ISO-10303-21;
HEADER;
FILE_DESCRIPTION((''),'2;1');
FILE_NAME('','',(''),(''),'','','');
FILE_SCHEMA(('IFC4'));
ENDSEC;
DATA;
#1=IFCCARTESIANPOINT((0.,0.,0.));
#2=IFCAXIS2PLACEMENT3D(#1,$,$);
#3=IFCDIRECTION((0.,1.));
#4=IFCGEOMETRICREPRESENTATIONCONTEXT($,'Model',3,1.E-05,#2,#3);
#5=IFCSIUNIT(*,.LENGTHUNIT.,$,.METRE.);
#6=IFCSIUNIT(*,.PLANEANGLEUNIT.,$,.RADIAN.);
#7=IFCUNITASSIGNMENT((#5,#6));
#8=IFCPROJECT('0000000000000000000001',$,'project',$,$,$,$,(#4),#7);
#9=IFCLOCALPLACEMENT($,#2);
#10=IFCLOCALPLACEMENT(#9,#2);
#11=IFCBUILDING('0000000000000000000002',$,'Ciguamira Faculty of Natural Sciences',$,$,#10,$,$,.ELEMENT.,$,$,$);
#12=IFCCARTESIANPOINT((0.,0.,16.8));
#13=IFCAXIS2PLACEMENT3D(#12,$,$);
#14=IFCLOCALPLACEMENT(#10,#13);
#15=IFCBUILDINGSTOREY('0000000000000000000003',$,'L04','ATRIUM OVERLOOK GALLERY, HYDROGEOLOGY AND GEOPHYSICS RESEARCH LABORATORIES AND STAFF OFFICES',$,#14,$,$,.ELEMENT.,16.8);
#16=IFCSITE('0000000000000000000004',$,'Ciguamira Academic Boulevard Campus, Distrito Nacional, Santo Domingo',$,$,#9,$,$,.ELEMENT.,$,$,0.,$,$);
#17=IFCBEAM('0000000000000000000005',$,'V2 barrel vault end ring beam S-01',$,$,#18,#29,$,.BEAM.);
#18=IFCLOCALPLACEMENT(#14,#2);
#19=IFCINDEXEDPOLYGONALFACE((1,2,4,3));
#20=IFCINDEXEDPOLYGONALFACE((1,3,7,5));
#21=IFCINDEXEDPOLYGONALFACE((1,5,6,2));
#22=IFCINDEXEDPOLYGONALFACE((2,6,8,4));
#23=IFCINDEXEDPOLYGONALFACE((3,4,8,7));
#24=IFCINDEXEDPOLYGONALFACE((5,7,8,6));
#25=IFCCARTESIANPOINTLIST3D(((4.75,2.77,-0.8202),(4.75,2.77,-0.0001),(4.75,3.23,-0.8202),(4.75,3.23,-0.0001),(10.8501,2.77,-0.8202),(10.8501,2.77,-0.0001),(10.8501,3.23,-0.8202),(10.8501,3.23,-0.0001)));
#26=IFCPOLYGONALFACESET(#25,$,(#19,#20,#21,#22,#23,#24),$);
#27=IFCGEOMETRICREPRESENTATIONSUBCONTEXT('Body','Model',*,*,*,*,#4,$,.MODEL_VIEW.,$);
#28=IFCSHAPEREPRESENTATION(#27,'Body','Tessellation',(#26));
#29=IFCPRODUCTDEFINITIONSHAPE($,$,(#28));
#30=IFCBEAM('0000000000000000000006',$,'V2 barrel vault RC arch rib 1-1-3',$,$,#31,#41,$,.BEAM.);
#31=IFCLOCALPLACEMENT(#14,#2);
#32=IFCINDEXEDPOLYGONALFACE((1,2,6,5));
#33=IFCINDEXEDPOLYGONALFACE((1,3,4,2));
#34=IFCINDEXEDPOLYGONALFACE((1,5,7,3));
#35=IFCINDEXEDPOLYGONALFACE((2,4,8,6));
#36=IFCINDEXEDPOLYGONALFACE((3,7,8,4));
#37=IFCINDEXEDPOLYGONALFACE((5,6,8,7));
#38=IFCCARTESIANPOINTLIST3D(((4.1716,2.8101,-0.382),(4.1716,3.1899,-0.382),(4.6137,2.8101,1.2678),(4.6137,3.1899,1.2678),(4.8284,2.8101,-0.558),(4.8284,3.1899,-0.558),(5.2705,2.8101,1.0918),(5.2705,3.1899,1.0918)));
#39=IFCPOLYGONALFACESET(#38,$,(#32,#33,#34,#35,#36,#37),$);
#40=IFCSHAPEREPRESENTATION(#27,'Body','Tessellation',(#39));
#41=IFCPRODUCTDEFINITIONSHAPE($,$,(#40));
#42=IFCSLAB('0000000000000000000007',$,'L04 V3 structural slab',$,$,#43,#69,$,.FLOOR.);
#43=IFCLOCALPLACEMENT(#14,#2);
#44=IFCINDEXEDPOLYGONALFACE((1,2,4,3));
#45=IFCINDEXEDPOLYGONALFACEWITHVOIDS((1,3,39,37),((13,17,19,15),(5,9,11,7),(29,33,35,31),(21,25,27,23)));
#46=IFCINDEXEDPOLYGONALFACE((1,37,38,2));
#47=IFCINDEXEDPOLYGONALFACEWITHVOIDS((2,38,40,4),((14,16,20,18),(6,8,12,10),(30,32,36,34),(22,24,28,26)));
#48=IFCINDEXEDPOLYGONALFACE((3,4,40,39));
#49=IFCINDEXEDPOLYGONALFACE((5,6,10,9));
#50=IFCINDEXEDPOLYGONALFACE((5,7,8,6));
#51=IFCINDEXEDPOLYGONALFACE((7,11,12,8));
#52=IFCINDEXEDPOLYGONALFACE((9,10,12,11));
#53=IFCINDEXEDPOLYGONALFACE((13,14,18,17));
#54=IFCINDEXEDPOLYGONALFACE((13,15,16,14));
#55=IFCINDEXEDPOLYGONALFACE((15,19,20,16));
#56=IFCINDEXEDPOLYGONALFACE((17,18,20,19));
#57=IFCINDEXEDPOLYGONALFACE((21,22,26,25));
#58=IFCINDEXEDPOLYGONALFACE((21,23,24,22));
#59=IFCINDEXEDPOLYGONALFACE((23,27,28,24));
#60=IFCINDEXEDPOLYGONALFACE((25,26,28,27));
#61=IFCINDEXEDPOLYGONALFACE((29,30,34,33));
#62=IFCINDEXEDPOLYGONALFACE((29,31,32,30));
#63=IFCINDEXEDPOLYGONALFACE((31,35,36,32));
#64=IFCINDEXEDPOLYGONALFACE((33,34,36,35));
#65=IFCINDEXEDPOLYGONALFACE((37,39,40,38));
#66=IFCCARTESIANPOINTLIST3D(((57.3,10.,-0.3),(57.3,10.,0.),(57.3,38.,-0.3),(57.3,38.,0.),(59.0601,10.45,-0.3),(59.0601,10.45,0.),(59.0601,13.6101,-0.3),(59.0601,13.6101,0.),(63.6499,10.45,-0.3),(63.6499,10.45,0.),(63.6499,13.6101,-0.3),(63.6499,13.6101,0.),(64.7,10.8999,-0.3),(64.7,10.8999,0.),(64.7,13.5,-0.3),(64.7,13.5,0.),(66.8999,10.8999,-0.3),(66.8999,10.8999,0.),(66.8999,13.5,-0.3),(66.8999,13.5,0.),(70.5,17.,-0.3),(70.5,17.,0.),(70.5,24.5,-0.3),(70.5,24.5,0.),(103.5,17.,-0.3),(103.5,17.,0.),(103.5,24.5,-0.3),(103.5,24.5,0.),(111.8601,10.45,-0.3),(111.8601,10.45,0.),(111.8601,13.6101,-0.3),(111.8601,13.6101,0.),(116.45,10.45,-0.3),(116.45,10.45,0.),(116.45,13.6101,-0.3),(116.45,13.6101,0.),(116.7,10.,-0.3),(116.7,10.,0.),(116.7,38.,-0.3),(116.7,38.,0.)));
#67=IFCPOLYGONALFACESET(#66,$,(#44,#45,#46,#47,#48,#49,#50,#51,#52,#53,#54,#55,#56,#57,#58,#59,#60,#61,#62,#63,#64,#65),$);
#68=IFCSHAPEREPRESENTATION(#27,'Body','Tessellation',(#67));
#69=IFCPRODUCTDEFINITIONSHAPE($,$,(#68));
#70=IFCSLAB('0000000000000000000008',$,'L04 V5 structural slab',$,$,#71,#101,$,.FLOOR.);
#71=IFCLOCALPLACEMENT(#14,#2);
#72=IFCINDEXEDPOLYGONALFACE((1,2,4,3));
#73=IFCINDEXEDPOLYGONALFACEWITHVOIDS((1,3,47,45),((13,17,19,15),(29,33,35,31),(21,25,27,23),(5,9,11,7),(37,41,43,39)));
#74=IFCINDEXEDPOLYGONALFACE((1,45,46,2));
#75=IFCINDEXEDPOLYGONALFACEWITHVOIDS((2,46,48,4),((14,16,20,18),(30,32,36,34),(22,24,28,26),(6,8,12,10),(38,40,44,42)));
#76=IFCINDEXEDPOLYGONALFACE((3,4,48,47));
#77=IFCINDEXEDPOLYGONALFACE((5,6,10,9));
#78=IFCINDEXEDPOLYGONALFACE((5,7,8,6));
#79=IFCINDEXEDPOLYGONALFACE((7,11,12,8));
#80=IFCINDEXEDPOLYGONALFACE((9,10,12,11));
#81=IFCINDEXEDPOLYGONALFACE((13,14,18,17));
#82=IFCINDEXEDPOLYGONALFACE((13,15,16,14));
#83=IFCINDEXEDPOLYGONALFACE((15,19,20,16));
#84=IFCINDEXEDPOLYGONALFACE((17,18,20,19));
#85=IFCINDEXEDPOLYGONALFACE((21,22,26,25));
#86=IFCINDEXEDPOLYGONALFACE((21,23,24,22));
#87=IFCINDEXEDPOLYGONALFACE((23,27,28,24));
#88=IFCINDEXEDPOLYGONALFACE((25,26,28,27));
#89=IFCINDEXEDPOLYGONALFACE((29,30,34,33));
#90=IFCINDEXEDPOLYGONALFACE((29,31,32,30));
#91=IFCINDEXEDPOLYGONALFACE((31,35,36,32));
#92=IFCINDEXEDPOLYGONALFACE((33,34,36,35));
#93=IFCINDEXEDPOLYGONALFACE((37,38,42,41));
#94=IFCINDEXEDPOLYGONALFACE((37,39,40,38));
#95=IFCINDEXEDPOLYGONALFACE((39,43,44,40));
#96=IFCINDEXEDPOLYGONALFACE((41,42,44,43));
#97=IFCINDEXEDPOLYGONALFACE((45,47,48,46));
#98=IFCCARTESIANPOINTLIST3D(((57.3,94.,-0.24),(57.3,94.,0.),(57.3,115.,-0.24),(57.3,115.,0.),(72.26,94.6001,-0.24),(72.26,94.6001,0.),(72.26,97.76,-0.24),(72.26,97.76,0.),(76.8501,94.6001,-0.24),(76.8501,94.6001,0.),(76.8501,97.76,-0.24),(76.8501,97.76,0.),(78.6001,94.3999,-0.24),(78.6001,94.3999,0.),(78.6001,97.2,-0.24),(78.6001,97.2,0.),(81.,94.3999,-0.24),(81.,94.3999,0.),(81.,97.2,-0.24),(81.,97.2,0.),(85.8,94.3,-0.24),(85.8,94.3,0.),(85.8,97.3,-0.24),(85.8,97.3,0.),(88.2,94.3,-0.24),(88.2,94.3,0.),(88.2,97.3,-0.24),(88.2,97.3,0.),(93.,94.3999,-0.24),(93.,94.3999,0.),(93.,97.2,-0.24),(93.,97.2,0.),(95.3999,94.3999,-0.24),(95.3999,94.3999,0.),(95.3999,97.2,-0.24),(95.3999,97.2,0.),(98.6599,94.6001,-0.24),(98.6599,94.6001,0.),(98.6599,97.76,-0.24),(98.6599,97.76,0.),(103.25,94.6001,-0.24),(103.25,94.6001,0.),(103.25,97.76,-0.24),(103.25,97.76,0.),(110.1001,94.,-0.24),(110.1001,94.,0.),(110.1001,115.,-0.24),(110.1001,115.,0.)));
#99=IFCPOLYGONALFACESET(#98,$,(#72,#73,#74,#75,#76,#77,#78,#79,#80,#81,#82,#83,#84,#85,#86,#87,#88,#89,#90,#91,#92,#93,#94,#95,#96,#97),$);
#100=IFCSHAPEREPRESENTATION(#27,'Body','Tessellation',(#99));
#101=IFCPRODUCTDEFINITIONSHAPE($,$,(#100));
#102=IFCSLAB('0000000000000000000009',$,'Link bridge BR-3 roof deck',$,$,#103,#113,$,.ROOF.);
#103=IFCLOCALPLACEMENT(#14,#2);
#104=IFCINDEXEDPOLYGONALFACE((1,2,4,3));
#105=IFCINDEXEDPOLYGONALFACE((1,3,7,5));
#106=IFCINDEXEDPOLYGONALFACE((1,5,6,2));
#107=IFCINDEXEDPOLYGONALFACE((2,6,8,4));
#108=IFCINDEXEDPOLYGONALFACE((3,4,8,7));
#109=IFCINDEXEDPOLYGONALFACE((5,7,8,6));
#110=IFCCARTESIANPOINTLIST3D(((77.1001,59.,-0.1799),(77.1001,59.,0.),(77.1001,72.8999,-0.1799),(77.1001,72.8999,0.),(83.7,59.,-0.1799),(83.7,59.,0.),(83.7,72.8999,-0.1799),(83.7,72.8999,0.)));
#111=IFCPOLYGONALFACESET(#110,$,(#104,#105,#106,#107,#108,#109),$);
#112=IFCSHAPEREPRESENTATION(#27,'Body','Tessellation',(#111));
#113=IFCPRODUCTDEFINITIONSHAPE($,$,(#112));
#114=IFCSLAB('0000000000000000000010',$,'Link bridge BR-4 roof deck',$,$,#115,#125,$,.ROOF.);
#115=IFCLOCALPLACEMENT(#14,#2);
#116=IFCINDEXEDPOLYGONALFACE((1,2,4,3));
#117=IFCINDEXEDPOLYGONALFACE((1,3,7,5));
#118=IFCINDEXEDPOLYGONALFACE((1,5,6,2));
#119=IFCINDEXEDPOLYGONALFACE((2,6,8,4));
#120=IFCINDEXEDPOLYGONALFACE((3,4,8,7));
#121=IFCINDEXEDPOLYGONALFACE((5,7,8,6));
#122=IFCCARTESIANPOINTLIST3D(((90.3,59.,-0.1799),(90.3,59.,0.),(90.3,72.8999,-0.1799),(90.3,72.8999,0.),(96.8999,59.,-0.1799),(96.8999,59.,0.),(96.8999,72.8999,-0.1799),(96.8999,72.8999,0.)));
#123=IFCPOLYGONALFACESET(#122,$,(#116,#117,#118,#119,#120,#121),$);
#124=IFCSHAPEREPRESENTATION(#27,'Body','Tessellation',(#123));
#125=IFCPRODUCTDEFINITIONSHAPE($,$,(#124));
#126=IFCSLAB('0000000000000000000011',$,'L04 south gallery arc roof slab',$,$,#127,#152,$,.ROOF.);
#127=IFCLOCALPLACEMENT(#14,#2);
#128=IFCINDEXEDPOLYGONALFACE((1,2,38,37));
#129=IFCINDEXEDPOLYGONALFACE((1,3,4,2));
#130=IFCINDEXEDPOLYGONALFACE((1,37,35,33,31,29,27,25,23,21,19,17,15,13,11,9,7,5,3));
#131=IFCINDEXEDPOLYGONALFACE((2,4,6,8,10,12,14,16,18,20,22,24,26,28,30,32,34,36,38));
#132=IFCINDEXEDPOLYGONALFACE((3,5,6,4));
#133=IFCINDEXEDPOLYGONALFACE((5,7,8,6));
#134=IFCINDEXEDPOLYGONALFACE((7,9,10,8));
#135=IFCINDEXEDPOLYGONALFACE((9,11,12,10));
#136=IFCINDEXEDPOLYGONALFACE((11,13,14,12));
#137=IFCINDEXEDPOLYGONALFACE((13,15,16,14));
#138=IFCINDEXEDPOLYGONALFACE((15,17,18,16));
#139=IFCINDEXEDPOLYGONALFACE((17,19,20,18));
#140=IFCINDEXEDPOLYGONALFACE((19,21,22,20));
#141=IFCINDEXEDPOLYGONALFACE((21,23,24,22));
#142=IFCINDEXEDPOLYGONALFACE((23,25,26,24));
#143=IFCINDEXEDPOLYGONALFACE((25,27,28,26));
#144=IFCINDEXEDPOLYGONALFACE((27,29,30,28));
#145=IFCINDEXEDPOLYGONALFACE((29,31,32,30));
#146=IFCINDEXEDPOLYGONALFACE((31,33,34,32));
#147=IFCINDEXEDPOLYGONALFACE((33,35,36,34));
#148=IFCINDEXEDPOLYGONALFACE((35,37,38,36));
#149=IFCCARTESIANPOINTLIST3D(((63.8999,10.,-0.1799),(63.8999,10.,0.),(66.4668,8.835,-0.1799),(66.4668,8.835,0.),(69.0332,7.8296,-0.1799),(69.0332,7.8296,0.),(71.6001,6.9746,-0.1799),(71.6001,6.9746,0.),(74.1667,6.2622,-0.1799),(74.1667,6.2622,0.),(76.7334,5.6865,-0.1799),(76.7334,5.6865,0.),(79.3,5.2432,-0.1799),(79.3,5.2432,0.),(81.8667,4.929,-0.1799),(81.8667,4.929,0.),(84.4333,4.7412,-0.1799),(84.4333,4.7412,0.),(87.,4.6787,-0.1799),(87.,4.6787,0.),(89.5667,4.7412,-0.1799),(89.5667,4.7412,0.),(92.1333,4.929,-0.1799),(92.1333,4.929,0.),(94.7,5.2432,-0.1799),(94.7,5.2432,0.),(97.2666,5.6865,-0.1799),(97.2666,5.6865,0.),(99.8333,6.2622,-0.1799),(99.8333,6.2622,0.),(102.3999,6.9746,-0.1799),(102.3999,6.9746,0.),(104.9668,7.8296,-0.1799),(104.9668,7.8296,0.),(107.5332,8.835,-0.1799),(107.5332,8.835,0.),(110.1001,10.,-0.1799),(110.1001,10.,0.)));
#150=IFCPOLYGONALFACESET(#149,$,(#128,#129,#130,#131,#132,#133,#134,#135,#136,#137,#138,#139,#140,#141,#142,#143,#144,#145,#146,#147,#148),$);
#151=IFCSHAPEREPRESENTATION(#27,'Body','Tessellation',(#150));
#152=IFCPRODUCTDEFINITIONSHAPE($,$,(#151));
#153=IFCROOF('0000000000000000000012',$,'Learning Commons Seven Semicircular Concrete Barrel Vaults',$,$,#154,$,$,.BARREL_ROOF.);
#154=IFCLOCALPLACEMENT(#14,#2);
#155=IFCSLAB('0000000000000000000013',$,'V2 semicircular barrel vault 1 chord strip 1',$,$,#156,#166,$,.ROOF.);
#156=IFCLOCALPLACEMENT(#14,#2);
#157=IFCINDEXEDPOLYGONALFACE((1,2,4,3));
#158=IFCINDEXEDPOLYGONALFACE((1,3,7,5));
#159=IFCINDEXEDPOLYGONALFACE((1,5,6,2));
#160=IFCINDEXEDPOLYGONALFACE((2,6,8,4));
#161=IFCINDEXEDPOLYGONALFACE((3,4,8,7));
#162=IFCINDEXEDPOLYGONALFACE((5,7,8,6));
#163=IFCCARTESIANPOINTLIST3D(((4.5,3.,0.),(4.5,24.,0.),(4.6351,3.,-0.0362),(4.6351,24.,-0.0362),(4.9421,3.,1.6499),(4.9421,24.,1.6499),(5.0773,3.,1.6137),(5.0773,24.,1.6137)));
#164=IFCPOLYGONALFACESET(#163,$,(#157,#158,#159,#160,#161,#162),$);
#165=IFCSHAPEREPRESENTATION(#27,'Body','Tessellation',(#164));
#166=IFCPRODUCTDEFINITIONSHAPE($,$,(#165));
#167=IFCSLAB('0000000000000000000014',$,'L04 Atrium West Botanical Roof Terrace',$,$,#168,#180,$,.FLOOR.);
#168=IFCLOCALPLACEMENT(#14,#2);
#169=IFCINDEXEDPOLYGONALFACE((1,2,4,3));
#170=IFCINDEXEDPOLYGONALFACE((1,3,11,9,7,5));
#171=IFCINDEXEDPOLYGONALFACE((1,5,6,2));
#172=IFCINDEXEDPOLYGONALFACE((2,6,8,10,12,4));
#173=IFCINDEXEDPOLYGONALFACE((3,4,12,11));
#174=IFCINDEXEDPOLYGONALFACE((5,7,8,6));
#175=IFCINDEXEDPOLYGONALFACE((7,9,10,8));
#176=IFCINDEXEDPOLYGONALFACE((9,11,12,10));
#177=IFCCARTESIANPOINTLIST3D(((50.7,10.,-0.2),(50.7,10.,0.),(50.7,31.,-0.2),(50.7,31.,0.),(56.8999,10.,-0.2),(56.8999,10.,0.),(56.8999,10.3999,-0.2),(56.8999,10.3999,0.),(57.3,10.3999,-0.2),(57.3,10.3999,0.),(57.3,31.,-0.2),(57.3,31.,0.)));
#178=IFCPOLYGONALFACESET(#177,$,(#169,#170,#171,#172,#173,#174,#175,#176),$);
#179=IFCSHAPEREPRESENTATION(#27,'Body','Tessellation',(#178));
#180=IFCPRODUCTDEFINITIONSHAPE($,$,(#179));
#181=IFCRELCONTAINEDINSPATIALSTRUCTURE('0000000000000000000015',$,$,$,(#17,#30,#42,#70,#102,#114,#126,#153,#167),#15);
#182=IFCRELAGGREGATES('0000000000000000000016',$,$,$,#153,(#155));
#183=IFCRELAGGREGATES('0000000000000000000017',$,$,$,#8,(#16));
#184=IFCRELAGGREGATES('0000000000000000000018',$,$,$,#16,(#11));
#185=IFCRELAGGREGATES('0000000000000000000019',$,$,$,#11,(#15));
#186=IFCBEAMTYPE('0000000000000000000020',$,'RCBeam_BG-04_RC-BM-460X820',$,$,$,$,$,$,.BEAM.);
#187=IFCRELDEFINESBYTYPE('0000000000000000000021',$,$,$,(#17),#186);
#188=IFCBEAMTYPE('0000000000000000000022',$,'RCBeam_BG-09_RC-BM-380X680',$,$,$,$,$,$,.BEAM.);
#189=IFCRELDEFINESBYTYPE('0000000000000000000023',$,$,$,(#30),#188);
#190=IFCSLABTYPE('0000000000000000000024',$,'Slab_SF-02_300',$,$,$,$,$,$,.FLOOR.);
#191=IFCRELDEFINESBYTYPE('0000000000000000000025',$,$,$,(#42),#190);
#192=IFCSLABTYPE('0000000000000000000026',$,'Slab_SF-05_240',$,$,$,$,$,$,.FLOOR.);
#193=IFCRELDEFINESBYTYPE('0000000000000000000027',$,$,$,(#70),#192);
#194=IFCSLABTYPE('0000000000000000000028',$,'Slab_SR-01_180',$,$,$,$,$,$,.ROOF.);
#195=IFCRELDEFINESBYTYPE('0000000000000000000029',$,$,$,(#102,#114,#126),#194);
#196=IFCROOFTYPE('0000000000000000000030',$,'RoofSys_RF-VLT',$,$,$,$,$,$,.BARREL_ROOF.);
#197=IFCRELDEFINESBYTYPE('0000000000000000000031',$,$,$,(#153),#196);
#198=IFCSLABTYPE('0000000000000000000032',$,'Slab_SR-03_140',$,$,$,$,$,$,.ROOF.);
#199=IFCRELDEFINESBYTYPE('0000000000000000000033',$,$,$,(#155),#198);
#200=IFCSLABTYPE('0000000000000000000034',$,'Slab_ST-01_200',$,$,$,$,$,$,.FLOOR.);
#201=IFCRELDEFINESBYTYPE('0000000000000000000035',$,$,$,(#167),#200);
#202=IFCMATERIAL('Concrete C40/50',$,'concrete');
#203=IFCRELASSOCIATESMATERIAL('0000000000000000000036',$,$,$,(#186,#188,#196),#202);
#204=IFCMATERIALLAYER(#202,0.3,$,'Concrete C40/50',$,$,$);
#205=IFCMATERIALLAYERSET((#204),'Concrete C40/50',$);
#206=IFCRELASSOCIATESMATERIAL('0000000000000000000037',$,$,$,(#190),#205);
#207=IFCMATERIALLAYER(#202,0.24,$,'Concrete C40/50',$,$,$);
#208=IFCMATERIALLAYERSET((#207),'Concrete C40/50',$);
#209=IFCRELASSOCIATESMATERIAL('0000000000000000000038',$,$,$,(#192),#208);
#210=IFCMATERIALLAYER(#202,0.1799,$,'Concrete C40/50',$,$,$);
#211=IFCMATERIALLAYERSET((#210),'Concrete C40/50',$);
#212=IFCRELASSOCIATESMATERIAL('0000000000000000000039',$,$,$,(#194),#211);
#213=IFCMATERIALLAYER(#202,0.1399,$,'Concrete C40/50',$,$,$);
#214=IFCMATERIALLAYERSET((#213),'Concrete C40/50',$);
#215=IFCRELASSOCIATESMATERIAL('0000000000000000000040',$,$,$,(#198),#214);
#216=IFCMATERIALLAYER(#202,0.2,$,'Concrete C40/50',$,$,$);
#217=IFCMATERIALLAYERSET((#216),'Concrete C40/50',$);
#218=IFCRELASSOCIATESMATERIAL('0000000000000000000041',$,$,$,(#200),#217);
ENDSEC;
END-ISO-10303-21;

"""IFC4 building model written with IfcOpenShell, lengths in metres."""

from ifc_helpers import new_model, si_unit, direction, frame, origin, origin_2d, place, context, subcontext, project, spatial, polyline, rectangle, outline, extrude, material, layer, layer_set, material_profile, profile_set, type_object, element, aggregate, save


model = new_model("IFC4")

# Units and contexts
model_context = context("Model", 3, precision=1e-05, world=origin(), true_north=direction((0.0, 1.0)))
body_context = subcontext(model_context, "Body", "Model", "MODEL_VIEW")
ifc_project = project(units=[si_unit("LENGTHUNIT", "METRE"), si_unit("PLANEANGLEUNIT", "RADIAN")], contexts=[model_context])

# Site, building, storey
site_placement = place(None, origin())
site = spatial("IfcSite", under=ifc_project, at=site_placement, Name="Ciguamira Academic Boulevard Campus, Distrito Nacional, Santo Domingo", CompositionType="ELEMENT", RefElevation=0.0)
building_placement = place(site_placement, origin())
building = spatial("IfcBuilding", under=site, at=building_placement, Name="Ciguamira Faculty of Natural Sciences", CompositionType="ELEMENT")
storey_placement = place(building_placement, frame((0.0, 0.0, 16.8)))
storey = spatial("IfcBuildingStorey", under=building, at=storey_placement, Name="L04", Description="ATRIUM OVERLOOK GALLERY, HYDROGEOLOGY AND GEOPHYSICS RESEARCH LABORATORIES AND STAFF OFFICES", CompositionType="ELEMENT", Elevation=16.8)

# Beams
ifc_material_1 = material(Name="Concrete C40/50", Category="concrete")
ifc_material_profile_1 = material_profile(ifc_material_1, rectangle(XDim=0.46, YDim=0.8201, at=origin_2d()), Name="RC-BM-460X820")
ifc_profile_set_1 = profile_set([ifc_material_profile_1], Name="Concrete C40/50")
beam_type_1 = type_object("IfcBeamType", Name="RCBeam_BG-04_RC-BM-460X820", PredefinedType="BEAM", material=ifc_profile_set_1)
beam_1_placement = place(storey_placement, frame((4.75, 3.0, -0.4102), z_axis=(1.0, 0.0, 0.0), x_axis=(0.0, 1.0, 0.0)))
element("IfcBeam", 1, at=beam_1_placement, inside=storey, type_object=beam_type_1, Name="V2 barrel vault end ring beam S-01", PredefinedType="BEAM", context=body_context, shape_type="SweptSolid", body=[
    extrude(rectangle(XDim=0.46, YDim=0.8201, at=origin_2d()), origin(), (0.0, 0.0, 1.0), 6.1001),
])
ifc_material_profile_2 = material_profile(ifc_material_1, rectangle(XDim=0.3799, YDim=0.6799, at=origin_2d()), Name="RC-BM-380X680")
ifc_profile_set_2 = profile_set([ifc_material_profile_2], Name="Concrete C40/50")
beam_type_2 = type_object("IfcBeamType", Name="RCBeam_BG-09_RC-BM-380X680", PredefinedType="BEAM", material=ifc_profile_set_2)
beam_2_placement = place(storey_placement, frame((4.5, 3.0, -0.47), z_axis=(0.258846, 0.0, 0.965919), x_axis=(0.0, 1.0, 0.0)))
element("IfcBeam", 2, at=beam_2_placement, inside=storey, type_object=beam_type_2, Name="V2 barrel vault RC arch rib 1-1-3", PredefinedType="BEAM", context=body_context, shape_type="SweptSolid", body=[
    extrude(rectangle(XDim=0.3799, YDim=0.6799, at=origin_2d()), origin(), (0.0, 0.0, 1.0), 1.708),
])

# Slabs
ifc_layer_1 = layer(ifc_material_1, 0.3, Name="Concrete C40/50")
ifc_layer_set_1 = layer_set([ifc_layer_1], Name="Concrete C40/50")
slab_type_1 = type_object("IfcSlabType", Name="Slab_SF-02_300", PredefinedType="FLOOR", material=ifc_layer_set_1)
slab_1_placement = place(storey_placement, frame((0.0, 0.0, -0.3)))
element("IfcSlab", 3, at=slab_1_placement, inside=storey, type_object=slab_type_1, Name="L04 V3 structural slab", PredefinedType="FLOOR", context=body_context, shape_type="SweptSolid", body=[
    extrude(outline(polyline([(57.3, 10.0), (116.7, 10.0), (116.7, 38.0), (57.3, 38.0), (57.3, 10.0)]), holes=[polyline([(59.0601, 10.45), (63.6499, 10.45), (63.6499, 13.6101), (59.0601, 13.6101), (59.0601, 10.45)]), polyline([(111.8601, 10.45), (116.45, 10.45), (116.45, 13.6101), (111.8601, 13.6101), (111.8601, 10.45)]), polyline([(64.7, 10.8999), (66.8999, 10.8999), (66.8999, 13.5), (64.7, 13.5), (64.7, 10.8999)]), polyline([(70.5, 17.0), (103.5, 17.0), (103.5, 24.5), (70.5, 24.5), (70.5, 17.0)])]), origin(), (0.0, 0.0, 1.0), 0.3),
])
ifc_layer_2 = layer(ifc_material_1, 0.24, Name="Concrete C40/50")
ifc_layer_set_2 = layer_set([ifc_layer_2], Name="Concrete C40/50")
slab_type_2 = type_object("IfcSlabType", Name="Slab_SF-05_240", PredefinedType="FLOOR", material=ifc_layer_set_2)
slab_2_placement = place(storey_placement, frame((0.0, 0.0, -0.24)))
element("IfcSlab", 4, at=slab_2_placement, inside=storey, type_object=slab_type_2, Name="L04 V5 structural slab", PredefinedType="FLOOR", context=body_context, shape_type="SweptSolid", body=[
    extrude(outline(polyline([(57.3, 94.0), (110.1001, 94.0), (110.1001, 115.0), (57.3, 115.0), (57.3, 94.0)]), holes=[polyline([(72.26, 94.6001), (76.8501, 94.6001), (76.8501, 97.76), (72.26, 97.76), (72.26, 94.6001)]), polyline([(98.6599, 94.6001), (103.25, 94.6001), (103.25, 97.76), (98.6599, 97.76), (98.6599, 94.6001)]), polyline([(78.6001, 94.3999), (81.0, 94.3999), (81.0, 97.2), (78.6001, 97.2), (78.6001, 94.3999)]), polyline([(93.0, 94.3999), (95.3999, 94.3999), (95.3999, 97.2), (93.0, 97.2), (93.0, 94.3999)]), polyline([(85.8, 94.3), (88.2, 94.3), (88.2, 97.3), (85.8, 97.3), (85.8, 94.3)])]), origin(), (0.0, 0.0, 1.0), 0.24),
])
ifc_layer_3 = layer(ifc_material_1, 0.1799, Name="Concrete C40/50")
ifc_layer_set_3 = layer_set([ifc_layer_3], Name="Concrete C40/50")
slab_type_3 = type_object("IfcSlabType", Name="Slab_SR-01_180", PredefinedType="ROOF", material=ifc_layer_set_3)
slab_3_placement = place(storey_placement, frame((0.0, 0.0, -0.1799)))
element("IfcSlab", 5, at=slab_3_placement, inside=storey, type_object=slab_type_3, Name="Link bridge BR-3 roof deck", PredefinedType="ROOF", context=body_context, shape_type="SweptSolid", body=[
    extrude(outline(polyline([(77.1001, 59.0), (83.7, 59.0), (83.7, 72.8999), (77.1001, 72.8999), (77.1001, 59.0)])), origin(), (0.0, 0.0, 1.0), 0.1799),
])
slab_4_placement = place(storey_placement, frame((0.0, 0.0, -0.1799)))
element("IfcSlab", 6, at=slab_4_placement, inside=storey, type_object=slab_type_3, Name="Link bridge BR-4 roof deck", PredefinedType="ROOF", context=body_context, shape_type="SweptSolid", body=[
    extrude(outline(polyline([(90.3, 59.0), (96.8999, 59.0), (96.8999, 72.8999), (90.3, 72.8999), (90.3, 59.0)])), origin(), (0.0, 0.0, 1.0), 0.1799),
])
slab_5_placement = place(storey_placement, frame((0.0, 0.0, -0.1799)))
element("IfcSlab", 7, at=slab_5_placement, inside=storey, type_object=slab_type_3, Name="L04 south gallery arc roof slab", PredefinedType="ROOF", context=body_context, shape_type="SweptSolid", body=[
    extrude(outline(polyline([(63.8999, 10.0), (66.4668, 8.835), (69.0332, 7.8296), (71.6001, 6.9746), (74.1667, 6.2622), (76.7334, 5.6865), (79.3, 5.2432), (81.8667, 4.929), (84.4333, 4.7412), (87.0, 4.6787), (89.5667, 4.7412), (92.1333, 4.929), (94.7, 5.2432), (97.2666, 5.6865), (99.8333, 6.2622), (102.3999, 6.9746), (104.9668, 7.8296), (107.5332, 8.835), (110.1001, 10.0), (110.1001, 10.0), (63.8999, 10.0), (63.8999, 10.0)])), origin(), (0.0, 0.0, 1.0), 0.1799),
])

# Roof, slab
roof_type = type_object("IfcRoofType", Name="RoofSys_RF-VLT", PredefinedType="BARREL_ROOF", material=ifc_material_1)
roof_placement = place(storey_placement, origin())
roof = element("IfcRoof", 8, at=roof_placement, inside=storey, type_object=roof_type, Name="Learning Commons Seven Semicircular Concrete Barrel Vaults", PredefinedType="BARREL_ROOF")
ifc_layer_4 = layer(ifc_material_1, 0.1399, Name="Concrete C40/50")
ifc_layer_set_4 = layer_set([ifc_layer_4], Name="Concrete C40/50")
slab_type_4 = type_object("IfcSlabType", Name="Slab_SR-03_140", PredefinedType="ROOF", material=ifc_layer_set_4)
slab_6_placement = place(storey_placement, frame((4.5, 3.0, 0.0), z_axis=(-0.965919, 0.0, 0.258846), x_axis=(0.258846, 0.0, 0.965919)))
slab_6 = element("IfcSlab", 9, at=slab_6_placement, type_object=slab_type_4, Name="V2 semicircular barrel vault 1 chord strip 1", PredefinedType="ROOF", context=body_context, shape_type="SweptSolid", body=[
    extrude(outline(polyline([(0.0, 0.0), (1.7081, 0.0), (1.7081, 21.0), (0.0, 21.0), (0.0, 0.0)])), origin(), (0.0, 0.0, -1.0), 0.1399),
])
aggregate(roof, [slab_6])

# Slab
ifc_layer_5 = layer(ifc_material_1, 0.2, Name="Concrete C40/50")
ifc_layer_set_5 = layer_set([ifc_layer_5], Name="Concrete C40/50")
slab_type_5 = type_object("IfcSlabType", Name="Slab_ST-01_200", PredefinedType="FLOOR", material=ifc_layer_set_5)
slab_7_placement = place(storey_placement, frame((0.0, 0.0, -0.2)))
element("IfcSlab", 10, at=slab_7_placement, inside=storey, type_object=slab_type_5, Name="L04 Atrium West Botanical Roof Terrace", PredefinedType="FLOOR", context=body_context, shape_type="SweptSolid", body=[
    extrude(outline(polyline([(50.7, 10.0), (56.8999, 10.0), (56.8999, 10.3999), (57.3, 10.3999), (57.3, 31.0), (50.7, 31.0), (50.7, 10.0)])), origin(), (0.0, 0.0, 1.0), 0.2),
])

save(model, "model.ifc")
